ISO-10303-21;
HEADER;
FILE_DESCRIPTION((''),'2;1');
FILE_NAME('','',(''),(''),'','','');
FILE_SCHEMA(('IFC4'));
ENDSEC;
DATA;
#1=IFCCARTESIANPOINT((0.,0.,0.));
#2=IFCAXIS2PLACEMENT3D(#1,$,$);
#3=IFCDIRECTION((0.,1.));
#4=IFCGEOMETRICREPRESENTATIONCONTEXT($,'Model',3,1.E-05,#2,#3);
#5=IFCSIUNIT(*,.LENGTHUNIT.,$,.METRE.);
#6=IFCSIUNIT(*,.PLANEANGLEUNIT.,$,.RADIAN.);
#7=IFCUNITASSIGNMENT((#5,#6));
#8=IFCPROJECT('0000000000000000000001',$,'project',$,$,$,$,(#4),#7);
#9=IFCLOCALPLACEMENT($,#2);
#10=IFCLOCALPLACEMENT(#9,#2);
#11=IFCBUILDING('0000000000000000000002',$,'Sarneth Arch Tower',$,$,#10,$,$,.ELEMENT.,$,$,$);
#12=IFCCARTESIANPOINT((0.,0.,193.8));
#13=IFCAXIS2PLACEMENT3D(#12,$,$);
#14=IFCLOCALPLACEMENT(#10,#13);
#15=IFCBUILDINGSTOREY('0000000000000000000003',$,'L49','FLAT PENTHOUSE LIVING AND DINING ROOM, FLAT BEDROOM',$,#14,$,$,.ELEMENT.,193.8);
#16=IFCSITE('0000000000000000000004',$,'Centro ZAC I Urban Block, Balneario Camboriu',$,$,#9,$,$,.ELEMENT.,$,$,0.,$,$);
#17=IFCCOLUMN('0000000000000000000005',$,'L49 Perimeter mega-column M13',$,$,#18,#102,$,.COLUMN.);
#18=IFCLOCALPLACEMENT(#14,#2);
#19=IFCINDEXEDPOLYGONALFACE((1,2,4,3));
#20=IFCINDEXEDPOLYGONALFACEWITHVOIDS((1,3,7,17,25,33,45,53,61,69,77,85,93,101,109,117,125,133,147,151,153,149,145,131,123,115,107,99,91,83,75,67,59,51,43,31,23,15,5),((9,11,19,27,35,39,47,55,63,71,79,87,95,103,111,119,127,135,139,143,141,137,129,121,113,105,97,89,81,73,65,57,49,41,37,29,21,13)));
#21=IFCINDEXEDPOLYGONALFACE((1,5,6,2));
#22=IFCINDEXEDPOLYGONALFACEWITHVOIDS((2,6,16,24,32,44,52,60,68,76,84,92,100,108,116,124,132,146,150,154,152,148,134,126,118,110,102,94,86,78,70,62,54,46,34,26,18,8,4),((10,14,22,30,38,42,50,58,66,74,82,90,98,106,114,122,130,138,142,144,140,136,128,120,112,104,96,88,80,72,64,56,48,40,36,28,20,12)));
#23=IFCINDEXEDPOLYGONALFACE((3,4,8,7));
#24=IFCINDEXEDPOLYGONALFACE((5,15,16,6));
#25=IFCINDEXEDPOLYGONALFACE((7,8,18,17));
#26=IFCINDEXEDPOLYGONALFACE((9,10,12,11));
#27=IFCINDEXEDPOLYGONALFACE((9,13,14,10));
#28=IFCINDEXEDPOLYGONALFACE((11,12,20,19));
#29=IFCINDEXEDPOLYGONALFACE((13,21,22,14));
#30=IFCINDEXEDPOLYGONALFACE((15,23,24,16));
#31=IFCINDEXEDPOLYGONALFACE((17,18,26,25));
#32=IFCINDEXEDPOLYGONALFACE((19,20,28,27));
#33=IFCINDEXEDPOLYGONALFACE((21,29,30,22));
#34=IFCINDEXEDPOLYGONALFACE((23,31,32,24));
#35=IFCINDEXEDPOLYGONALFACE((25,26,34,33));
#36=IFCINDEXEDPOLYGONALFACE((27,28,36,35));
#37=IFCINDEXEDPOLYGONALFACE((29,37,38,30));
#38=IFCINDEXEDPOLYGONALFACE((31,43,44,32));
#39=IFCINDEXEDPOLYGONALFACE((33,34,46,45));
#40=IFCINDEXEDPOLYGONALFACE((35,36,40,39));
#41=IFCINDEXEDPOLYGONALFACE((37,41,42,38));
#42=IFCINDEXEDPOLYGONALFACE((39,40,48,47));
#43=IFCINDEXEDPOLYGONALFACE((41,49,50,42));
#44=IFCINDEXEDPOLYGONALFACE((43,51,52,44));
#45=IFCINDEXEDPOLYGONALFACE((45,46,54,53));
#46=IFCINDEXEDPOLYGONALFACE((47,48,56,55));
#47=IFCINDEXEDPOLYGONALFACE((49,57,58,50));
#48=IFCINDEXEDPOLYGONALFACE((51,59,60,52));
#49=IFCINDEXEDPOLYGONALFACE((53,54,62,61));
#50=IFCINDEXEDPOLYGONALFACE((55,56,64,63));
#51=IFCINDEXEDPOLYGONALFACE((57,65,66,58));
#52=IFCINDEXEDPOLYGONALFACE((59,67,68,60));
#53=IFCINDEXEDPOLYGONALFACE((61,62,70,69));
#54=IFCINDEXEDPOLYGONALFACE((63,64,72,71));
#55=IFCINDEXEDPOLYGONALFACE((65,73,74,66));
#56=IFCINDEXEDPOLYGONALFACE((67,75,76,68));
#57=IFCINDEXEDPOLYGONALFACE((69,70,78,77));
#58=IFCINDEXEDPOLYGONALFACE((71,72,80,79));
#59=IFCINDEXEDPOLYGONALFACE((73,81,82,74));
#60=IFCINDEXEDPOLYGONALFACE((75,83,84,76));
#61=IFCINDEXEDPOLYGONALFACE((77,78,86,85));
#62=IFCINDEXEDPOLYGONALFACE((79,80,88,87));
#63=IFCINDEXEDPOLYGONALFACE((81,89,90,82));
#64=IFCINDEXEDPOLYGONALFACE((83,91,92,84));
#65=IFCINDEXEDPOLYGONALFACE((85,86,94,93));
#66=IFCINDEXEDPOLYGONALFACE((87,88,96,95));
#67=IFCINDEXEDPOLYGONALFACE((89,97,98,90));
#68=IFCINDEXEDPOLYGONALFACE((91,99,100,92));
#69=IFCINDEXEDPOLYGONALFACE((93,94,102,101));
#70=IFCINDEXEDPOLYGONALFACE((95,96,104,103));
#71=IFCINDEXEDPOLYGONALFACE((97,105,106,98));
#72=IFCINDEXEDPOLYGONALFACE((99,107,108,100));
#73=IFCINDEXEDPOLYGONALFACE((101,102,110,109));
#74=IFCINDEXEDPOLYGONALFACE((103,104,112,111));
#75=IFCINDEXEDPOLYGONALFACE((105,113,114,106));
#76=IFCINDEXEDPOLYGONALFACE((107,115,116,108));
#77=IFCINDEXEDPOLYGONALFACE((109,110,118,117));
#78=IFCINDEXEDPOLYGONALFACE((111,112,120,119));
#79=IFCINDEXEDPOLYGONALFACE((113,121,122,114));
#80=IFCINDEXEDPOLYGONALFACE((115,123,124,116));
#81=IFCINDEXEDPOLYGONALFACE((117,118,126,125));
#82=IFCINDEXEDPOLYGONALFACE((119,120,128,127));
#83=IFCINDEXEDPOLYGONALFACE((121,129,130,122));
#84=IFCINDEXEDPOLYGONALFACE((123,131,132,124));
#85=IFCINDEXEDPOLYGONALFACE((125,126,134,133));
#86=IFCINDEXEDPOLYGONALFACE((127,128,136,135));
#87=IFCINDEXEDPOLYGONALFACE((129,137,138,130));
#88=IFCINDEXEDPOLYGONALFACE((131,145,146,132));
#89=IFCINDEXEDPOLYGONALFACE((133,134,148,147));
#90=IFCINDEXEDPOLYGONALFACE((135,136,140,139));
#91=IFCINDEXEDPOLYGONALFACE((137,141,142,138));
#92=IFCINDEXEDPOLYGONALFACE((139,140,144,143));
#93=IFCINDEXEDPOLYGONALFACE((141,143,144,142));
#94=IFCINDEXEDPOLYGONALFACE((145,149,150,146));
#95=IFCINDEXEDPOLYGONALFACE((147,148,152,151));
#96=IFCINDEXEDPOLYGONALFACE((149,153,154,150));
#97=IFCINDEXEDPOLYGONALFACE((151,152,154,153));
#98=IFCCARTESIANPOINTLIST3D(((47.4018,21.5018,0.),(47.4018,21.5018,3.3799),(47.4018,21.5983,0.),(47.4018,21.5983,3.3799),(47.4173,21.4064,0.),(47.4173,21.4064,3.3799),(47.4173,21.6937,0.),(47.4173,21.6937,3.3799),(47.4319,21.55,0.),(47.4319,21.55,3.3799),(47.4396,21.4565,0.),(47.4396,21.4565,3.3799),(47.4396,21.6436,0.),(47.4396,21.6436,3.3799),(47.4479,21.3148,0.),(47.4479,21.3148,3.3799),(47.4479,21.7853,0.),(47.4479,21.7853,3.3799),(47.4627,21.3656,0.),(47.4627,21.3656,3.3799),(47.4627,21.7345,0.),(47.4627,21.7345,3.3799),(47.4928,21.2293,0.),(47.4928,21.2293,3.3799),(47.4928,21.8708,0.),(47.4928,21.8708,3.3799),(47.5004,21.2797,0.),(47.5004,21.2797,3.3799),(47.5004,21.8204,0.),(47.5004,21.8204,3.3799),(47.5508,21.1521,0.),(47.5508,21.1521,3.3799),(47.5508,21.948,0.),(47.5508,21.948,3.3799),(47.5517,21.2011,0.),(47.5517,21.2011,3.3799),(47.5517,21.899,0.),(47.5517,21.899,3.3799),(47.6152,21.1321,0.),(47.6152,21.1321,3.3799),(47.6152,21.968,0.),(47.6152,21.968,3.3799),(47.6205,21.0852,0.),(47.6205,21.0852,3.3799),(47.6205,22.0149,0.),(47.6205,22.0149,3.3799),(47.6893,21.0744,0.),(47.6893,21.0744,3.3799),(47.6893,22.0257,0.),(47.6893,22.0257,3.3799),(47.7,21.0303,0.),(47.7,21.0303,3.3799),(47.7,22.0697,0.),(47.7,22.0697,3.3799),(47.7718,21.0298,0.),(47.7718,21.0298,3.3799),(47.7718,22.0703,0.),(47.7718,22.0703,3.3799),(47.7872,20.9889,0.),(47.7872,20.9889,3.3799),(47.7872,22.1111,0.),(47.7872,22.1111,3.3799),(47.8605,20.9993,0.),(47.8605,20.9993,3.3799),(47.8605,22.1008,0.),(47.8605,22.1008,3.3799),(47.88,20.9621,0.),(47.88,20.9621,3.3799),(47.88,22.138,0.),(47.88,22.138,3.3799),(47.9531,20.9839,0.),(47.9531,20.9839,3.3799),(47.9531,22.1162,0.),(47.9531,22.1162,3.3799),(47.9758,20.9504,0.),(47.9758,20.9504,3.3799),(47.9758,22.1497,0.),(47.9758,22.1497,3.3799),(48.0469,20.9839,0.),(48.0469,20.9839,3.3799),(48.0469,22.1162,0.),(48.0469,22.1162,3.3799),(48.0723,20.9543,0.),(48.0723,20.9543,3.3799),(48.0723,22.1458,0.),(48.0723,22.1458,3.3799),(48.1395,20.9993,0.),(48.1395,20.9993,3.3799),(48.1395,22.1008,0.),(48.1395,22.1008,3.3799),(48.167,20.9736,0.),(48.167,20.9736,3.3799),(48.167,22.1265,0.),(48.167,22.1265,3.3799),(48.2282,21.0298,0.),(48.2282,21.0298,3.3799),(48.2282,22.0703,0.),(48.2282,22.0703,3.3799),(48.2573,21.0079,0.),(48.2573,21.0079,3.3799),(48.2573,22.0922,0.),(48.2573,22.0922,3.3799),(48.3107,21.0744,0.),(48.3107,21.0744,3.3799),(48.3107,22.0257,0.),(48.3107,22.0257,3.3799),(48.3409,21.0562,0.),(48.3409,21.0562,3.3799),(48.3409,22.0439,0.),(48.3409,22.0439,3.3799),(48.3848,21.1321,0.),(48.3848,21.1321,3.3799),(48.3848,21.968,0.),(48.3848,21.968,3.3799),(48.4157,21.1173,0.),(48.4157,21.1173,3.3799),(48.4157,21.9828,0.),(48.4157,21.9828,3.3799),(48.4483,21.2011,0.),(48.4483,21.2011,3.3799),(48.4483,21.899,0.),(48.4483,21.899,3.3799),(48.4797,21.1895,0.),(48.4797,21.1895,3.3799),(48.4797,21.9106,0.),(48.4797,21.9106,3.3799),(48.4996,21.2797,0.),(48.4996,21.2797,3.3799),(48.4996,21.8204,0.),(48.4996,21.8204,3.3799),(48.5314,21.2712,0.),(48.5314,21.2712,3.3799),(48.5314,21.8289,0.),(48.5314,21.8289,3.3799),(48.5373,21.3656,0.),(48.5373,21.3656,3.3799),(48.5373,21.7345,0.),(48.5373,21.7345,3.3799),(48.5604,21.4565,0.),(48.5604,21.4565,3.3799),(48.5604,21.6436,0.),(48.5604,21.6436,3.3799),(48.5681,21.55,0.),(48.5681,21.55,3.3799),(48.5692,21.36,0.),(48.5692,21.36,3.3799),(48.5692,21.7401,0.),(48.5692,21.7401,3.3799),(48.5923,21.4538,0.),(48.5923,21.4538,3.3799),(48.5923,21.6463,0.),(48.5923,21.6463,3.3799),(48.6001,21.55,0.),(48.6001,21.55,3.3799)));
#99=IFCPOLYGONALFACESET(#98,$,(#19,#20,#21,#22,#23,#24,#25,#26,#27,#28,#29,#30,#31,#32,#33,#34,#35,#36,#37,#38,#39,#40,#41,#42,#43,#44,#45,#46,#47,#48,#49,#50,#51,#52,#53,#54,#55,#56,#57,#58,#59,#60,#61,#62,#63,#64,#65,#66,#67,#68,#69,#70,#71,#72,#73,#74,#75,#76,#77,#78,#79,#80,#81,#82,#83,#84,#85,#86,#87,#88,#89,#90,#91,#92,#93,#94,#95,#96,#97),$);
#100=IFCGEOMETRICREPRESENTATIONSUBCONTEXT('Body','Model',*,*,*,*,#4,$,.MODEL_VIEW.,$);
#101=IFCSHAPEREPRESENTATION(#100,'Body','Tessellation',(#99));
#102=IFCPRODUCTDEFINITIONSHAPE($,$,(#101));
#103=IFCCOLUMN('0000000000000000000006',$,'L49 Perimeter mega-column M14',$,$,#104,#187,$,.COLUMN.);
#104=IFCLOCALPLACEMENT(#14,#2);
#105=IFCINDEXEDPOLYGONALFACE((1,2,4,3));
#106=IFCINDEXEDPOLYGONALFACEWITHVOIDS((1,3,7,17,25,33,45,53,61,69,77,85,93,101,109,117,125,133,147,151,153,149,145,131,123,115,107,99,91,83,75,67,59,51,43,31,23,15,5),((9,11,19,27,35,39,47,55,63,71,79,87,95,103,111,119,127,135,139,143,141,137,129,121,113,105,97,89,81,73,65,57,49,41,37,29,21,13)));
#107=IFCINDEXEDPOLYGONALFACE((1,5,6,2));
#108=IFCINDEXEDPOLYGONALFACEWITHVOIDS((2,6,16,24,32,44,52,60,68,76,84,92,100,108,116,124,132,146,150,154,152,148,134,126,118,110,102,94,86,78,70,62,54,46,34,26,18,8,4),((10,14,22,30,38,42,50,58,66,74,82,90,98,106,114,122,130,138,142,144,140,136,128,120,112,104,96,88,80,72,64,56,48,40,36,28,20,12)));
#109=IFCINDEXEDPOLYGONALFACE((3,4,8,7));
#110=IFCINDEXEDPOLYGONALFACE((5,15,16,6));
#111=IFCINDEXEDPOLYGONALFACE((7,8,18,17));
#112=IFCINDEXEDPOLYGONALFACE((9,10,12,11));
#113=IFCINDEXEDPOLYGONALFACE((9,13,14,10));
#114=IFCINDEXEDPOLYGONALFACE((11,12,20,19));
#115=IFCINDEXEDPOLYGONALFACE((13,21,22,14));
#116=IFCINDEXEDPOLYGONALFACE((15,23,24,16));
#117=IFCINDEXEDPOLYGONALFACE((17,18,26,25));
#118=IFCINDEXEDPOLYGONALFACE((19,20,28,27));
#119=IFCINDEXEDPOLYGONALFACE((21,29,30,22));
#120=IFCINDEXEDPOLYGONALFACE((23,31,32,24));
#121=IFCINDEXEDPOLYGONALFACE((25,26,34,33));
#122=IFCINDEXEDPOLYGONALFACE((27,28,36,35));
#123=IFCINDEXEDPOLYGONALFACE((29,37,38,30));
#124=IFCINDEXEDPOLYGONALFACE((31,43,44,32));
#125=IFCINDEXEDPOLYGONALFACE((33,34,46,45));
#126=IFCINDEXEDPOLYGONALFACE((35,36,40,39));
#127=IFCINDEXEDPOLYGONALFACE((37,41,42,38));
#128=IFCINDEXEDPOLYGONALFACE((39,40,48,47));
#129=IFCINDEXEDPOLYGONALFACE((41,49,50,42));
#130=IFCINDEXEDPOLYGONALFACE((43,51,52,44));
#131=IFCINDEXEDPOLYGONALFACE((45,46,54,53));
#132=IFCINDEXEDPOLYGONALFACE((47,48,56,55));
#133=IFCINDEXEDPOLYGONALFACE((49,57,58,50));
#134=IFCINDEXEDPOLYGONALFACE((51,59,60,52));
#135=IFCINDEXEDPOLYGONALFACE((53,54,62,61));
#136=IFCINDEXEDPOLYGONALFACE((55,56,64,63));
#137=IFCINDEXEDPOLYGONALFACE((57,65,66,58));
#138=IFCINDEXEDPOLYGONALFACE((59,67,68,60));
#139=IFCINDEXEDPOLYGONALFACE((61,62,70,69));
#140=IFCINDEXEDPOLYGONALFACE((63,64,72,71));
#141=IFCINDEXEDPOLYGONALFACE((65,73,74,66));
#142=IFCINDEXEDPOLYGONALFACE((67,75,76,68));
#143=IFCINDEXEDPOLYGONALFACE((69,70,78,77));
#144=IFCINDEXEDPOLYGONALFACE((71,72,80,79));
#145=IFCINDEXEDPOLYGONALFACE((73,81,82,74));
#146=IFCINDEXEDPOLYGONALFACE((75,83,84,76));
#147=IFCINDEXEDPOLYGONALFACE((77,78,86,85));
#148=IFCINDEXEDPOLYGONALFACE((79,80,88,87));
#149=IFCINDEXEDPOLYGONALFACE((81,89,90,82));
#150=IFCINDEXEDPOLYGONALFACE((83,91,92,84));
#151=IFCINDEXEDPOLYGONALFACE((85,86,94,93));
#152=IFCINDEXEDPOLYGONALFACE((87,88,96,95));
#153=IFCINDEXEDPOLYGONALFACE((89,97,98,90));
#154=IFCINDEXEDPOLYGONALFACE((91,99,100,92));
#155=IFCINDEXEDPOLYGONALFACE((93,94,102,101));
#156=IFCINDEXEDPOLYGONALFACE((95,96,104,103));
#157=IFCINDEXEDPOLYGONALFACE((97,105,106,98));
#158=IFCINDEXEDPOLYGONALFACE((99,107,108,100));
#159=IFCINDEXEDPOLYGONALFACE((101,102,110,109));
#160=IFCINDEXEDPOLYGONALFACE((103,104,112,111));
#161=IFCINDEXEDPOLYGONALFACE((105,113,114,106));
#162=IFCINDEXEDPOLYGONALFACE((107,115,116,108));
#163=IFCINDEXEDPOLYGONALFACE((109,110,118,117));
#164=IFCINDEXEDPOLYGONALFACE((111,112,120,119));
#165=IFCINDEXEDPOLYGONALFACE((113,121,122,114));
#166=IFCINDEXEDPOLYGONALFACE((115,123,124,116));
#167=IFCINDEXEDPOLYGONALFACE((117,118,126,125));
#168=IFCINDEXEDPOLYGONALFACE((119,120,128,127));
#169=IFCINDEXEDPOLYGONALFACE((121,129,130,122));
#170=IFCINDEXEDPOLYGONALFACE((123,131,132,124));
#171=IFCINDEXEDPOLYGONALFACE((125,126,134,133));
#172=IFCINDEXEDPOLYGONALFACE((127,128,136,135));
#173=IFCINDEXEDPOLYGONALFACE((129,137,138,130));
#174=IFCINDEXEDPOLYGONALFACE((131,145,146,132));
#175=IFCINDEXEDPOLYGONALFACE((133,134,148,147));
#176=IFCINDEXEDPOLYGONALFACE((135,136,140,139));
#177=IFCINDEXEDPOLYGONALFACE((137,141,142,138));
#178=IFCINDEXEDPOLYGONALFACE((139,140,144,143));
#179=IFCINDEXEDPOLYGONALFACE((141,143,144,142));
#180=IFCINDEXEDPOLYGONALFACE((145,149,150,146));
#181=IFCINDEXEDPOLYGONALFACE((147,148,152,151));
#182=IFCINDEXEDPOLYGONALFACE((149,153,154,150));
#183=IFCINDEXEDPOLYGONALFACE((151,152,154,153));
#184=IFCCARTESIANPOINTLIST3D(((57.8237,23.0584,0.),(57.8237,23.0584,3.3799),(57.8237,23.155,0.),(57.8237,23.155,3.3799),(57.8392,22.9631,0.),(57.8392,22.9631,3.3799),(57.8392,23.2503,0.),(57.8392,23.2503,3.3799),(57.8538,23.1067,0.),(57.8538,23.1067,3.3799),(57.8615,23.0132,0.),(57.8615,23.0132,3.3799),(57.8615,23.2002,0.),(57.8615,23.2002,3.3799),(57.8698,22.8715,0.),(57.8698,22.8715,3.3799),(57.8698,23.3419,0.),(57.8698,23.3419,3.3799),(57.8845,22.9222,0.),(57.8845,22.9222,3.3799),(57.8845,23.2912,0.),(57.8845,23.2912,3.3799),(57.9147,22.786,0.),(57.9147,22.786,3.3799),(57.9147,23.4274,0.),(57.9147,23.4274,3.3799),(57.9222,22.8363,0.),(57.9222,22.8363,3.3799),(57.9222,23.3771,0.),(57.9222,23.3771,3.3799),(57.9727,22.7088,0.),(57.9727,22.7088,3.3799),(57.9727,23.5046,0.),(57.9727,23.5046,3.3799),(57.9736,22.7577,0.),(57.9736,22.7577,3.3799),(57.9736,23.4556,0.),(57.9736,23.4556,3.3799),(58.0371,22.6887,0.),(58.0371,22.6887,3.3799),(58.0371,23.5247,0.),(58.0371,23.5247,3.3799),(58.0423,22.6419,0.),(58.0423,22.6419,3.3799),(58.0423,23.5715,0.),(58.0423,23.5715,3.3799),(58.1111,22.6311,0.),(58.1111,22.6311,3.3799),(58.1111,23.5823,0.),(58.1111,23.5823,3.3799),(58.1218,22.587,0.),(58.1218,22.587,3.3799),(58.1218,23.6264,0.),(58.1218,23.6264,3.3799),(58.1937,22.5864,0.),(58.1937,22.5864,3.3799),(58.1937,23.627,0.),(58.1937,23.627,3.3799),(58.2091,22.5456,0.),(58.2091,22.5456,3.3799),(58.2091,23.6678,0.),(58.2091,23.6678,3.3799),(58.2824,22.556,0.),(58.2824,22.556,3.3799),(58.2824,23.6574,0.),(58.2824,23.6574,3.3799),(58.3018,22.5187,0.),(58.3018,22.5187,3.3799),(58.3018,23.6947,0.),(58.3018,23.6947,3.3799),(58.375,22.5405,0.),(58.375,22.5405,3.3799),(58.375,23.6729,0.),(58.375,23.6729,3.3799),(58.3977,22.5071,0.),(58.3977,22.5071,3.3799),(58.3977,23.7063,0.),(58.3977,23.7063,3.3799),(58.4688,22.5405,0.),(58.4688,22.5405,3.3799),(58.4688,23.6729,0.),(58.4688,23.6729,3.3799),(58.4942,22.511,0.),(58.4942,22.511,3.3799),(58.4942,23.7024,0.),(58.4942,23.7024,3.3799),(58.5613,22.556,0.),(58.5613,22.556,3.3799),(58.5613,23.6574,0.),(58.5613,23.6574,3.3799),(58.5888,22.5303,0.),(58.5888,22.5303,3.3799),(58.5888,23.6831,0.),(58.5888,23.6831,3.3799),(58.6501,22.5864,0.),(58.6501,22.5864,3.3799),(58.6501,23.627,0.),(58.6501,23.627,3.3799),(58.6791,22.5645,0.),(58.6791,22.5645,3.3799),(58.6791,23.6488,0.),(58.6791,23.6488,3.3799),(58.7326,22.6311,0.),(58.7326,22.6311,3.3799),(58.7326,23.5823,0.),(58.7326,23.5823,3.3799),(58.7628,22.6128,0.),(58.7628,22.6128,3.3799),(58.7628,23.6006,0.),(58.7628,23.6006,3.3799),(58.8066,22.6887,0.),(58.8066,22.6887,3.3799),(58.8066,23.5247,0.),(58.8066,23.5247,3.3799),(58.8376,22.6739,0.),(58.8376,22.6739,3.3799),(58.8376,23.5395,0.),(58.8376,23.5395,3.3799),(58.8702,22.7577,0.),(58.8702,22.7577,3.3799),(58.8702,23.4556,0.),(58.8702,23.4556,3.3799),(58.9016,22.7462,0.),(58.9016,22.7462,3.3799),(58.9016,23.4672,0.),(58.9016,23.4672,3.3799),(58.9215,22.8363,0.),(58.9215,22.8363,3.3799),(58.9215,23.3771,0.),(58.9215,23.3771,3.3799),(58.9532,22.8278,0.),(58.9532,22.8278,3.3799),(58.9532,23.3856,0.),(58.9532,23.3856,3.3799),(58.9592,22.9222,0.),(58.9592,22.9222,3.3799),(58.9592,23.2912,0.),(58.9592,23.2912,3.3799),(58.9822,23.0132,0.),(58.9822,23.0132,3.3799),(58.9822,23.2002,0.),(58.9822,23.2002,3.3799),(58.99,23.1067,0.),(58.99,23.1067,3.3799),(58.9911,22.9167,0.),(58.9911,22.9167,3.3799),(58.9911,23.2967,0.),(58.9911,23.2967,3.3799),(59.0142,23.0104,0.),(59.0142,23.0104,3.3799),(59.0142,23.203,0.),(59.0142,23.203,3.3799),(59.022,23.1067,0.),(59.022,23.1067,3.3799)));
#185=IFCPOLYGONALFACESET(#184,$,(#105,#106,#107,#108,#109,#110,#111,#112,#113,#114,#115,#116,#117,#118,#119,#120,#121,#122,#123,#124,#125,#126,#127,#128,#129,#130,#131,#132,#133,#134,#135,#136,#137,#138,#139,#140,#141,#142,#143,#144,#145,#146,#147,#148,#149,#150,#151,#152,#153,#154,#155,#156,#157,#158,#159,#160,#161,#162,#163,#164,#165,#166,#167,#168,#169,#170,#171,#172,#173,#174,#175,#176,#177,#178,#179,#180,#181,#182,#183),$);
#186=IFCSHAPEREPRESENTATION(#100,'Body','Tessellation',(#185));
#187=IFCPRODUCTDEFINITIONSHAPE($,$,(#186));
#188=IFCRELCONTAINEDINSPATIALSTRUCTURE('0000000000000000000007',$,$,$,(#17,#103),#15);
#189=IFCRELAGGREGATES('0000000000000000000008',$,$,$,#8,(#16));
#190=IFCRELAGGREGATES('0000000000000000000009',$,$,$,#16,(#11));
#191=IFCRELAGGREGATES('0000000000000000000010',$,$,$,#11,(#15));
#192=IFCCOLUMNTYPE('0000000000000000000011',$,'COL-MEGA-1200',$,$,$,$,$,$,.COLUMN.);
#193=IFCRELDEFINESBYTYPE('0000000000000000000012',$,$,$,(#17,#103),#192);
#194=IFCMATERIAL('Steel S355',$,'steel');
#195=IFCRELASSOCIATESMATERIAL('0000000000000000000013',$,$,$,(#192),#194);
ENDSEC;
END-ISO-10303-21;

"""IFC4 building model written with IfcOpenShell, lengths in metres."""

from ifc_helpers import new_model, si_unit, direction, frame, origin, origin_2d, place, context, subcontext, project, spatial, hollow_circle, extrude, material, material_profile, profile_set, type_object, element, save


model = new_model("IFC4")

# Units and contexts
model_context = context("Model", 3, precision=1e-05, world=origin(), true_north=direction((0.0, 1.0)))
body_context = subcontext(model_context, "Body", "Model", "MODEL_VIEW")
ifc_project = project(units=[si_unit("LENGTHUNIT", "METRE"), si_unit("PLANEANGLEUNIT", "RADIAN")], contexts=[model_context])

# Site, building, storey
site_placement = place(None, origin())
site = spatial("IfcSite", under=ifc_project, at=site_placement, Name="Centro ZAC I Urban Block, Balneario Camboriu", CompositionType="ELEMENT", RefElevation=0.0)
building_placement = place(site_placement, origin())
building = spatial("IfcBuilding", under=site, at=building_placement, Name="Sarneth Arch Tower", CompositionType="ELEMENT")
storey_placement = place(building_placement, frame((0.0, 0.0, 193.8)))
storey = spatial("IfcBuildingStorey", under=building, at=storey_placement, Name="L49", Description="FLAT PENTHOUSE LIVING AND DINING ROOM, FLAT BEDROOM", CompositionType="ELEMENT", Elevation=193.8)

# Columns
ifc_material_1 = material(Name="Steel S355", Category="steel")
ifc_material_profile_1 = material_profile(ifc_material_1, hollow_circle(Radius=0.6001, WallThickness=0.032, at=origin_2d()), Name="CHS1200x32")
ifc_profile_set_1 = profile_set([ifc_material_profile_1], Name="Steel S355")
column_type = type_object("IfcColumnType", Name="COL-MEGA-1200", PredefinedType="COLUMN", material=ifc_profile_set_1)
for number, where, z_axis, x_axis, name in (
    (1, (48.0, 21.55, 0.0), (0.0, 0.0, 1.0), (1.0, 0.0, 0.0), "L49 Perimeter mega-column M13"),
    (2, (58.4219, 23.1067, 0.0), (0.0, 0.0, 1.0), (1.0, 0.0, 0.0), "L49 Perimeter mega-column M14"),
):
    element("IfcColumn", number, at=place(storey_placement, frame(where, z_axis=z_axis, x_axis=x_axis)), inside=storey, type_object=column_type, Name=name, PredefinedType="COLUMN", context=body_context, shape_type="SweptSolid", body=[
        extrude(hollow_circle(Radius=0.6001, WallThickness=0.032, at=origin_2d()), origin(), (0.0, 0.0, 1.0), 3.3799),
    ])

save(model, "model.ifc")
